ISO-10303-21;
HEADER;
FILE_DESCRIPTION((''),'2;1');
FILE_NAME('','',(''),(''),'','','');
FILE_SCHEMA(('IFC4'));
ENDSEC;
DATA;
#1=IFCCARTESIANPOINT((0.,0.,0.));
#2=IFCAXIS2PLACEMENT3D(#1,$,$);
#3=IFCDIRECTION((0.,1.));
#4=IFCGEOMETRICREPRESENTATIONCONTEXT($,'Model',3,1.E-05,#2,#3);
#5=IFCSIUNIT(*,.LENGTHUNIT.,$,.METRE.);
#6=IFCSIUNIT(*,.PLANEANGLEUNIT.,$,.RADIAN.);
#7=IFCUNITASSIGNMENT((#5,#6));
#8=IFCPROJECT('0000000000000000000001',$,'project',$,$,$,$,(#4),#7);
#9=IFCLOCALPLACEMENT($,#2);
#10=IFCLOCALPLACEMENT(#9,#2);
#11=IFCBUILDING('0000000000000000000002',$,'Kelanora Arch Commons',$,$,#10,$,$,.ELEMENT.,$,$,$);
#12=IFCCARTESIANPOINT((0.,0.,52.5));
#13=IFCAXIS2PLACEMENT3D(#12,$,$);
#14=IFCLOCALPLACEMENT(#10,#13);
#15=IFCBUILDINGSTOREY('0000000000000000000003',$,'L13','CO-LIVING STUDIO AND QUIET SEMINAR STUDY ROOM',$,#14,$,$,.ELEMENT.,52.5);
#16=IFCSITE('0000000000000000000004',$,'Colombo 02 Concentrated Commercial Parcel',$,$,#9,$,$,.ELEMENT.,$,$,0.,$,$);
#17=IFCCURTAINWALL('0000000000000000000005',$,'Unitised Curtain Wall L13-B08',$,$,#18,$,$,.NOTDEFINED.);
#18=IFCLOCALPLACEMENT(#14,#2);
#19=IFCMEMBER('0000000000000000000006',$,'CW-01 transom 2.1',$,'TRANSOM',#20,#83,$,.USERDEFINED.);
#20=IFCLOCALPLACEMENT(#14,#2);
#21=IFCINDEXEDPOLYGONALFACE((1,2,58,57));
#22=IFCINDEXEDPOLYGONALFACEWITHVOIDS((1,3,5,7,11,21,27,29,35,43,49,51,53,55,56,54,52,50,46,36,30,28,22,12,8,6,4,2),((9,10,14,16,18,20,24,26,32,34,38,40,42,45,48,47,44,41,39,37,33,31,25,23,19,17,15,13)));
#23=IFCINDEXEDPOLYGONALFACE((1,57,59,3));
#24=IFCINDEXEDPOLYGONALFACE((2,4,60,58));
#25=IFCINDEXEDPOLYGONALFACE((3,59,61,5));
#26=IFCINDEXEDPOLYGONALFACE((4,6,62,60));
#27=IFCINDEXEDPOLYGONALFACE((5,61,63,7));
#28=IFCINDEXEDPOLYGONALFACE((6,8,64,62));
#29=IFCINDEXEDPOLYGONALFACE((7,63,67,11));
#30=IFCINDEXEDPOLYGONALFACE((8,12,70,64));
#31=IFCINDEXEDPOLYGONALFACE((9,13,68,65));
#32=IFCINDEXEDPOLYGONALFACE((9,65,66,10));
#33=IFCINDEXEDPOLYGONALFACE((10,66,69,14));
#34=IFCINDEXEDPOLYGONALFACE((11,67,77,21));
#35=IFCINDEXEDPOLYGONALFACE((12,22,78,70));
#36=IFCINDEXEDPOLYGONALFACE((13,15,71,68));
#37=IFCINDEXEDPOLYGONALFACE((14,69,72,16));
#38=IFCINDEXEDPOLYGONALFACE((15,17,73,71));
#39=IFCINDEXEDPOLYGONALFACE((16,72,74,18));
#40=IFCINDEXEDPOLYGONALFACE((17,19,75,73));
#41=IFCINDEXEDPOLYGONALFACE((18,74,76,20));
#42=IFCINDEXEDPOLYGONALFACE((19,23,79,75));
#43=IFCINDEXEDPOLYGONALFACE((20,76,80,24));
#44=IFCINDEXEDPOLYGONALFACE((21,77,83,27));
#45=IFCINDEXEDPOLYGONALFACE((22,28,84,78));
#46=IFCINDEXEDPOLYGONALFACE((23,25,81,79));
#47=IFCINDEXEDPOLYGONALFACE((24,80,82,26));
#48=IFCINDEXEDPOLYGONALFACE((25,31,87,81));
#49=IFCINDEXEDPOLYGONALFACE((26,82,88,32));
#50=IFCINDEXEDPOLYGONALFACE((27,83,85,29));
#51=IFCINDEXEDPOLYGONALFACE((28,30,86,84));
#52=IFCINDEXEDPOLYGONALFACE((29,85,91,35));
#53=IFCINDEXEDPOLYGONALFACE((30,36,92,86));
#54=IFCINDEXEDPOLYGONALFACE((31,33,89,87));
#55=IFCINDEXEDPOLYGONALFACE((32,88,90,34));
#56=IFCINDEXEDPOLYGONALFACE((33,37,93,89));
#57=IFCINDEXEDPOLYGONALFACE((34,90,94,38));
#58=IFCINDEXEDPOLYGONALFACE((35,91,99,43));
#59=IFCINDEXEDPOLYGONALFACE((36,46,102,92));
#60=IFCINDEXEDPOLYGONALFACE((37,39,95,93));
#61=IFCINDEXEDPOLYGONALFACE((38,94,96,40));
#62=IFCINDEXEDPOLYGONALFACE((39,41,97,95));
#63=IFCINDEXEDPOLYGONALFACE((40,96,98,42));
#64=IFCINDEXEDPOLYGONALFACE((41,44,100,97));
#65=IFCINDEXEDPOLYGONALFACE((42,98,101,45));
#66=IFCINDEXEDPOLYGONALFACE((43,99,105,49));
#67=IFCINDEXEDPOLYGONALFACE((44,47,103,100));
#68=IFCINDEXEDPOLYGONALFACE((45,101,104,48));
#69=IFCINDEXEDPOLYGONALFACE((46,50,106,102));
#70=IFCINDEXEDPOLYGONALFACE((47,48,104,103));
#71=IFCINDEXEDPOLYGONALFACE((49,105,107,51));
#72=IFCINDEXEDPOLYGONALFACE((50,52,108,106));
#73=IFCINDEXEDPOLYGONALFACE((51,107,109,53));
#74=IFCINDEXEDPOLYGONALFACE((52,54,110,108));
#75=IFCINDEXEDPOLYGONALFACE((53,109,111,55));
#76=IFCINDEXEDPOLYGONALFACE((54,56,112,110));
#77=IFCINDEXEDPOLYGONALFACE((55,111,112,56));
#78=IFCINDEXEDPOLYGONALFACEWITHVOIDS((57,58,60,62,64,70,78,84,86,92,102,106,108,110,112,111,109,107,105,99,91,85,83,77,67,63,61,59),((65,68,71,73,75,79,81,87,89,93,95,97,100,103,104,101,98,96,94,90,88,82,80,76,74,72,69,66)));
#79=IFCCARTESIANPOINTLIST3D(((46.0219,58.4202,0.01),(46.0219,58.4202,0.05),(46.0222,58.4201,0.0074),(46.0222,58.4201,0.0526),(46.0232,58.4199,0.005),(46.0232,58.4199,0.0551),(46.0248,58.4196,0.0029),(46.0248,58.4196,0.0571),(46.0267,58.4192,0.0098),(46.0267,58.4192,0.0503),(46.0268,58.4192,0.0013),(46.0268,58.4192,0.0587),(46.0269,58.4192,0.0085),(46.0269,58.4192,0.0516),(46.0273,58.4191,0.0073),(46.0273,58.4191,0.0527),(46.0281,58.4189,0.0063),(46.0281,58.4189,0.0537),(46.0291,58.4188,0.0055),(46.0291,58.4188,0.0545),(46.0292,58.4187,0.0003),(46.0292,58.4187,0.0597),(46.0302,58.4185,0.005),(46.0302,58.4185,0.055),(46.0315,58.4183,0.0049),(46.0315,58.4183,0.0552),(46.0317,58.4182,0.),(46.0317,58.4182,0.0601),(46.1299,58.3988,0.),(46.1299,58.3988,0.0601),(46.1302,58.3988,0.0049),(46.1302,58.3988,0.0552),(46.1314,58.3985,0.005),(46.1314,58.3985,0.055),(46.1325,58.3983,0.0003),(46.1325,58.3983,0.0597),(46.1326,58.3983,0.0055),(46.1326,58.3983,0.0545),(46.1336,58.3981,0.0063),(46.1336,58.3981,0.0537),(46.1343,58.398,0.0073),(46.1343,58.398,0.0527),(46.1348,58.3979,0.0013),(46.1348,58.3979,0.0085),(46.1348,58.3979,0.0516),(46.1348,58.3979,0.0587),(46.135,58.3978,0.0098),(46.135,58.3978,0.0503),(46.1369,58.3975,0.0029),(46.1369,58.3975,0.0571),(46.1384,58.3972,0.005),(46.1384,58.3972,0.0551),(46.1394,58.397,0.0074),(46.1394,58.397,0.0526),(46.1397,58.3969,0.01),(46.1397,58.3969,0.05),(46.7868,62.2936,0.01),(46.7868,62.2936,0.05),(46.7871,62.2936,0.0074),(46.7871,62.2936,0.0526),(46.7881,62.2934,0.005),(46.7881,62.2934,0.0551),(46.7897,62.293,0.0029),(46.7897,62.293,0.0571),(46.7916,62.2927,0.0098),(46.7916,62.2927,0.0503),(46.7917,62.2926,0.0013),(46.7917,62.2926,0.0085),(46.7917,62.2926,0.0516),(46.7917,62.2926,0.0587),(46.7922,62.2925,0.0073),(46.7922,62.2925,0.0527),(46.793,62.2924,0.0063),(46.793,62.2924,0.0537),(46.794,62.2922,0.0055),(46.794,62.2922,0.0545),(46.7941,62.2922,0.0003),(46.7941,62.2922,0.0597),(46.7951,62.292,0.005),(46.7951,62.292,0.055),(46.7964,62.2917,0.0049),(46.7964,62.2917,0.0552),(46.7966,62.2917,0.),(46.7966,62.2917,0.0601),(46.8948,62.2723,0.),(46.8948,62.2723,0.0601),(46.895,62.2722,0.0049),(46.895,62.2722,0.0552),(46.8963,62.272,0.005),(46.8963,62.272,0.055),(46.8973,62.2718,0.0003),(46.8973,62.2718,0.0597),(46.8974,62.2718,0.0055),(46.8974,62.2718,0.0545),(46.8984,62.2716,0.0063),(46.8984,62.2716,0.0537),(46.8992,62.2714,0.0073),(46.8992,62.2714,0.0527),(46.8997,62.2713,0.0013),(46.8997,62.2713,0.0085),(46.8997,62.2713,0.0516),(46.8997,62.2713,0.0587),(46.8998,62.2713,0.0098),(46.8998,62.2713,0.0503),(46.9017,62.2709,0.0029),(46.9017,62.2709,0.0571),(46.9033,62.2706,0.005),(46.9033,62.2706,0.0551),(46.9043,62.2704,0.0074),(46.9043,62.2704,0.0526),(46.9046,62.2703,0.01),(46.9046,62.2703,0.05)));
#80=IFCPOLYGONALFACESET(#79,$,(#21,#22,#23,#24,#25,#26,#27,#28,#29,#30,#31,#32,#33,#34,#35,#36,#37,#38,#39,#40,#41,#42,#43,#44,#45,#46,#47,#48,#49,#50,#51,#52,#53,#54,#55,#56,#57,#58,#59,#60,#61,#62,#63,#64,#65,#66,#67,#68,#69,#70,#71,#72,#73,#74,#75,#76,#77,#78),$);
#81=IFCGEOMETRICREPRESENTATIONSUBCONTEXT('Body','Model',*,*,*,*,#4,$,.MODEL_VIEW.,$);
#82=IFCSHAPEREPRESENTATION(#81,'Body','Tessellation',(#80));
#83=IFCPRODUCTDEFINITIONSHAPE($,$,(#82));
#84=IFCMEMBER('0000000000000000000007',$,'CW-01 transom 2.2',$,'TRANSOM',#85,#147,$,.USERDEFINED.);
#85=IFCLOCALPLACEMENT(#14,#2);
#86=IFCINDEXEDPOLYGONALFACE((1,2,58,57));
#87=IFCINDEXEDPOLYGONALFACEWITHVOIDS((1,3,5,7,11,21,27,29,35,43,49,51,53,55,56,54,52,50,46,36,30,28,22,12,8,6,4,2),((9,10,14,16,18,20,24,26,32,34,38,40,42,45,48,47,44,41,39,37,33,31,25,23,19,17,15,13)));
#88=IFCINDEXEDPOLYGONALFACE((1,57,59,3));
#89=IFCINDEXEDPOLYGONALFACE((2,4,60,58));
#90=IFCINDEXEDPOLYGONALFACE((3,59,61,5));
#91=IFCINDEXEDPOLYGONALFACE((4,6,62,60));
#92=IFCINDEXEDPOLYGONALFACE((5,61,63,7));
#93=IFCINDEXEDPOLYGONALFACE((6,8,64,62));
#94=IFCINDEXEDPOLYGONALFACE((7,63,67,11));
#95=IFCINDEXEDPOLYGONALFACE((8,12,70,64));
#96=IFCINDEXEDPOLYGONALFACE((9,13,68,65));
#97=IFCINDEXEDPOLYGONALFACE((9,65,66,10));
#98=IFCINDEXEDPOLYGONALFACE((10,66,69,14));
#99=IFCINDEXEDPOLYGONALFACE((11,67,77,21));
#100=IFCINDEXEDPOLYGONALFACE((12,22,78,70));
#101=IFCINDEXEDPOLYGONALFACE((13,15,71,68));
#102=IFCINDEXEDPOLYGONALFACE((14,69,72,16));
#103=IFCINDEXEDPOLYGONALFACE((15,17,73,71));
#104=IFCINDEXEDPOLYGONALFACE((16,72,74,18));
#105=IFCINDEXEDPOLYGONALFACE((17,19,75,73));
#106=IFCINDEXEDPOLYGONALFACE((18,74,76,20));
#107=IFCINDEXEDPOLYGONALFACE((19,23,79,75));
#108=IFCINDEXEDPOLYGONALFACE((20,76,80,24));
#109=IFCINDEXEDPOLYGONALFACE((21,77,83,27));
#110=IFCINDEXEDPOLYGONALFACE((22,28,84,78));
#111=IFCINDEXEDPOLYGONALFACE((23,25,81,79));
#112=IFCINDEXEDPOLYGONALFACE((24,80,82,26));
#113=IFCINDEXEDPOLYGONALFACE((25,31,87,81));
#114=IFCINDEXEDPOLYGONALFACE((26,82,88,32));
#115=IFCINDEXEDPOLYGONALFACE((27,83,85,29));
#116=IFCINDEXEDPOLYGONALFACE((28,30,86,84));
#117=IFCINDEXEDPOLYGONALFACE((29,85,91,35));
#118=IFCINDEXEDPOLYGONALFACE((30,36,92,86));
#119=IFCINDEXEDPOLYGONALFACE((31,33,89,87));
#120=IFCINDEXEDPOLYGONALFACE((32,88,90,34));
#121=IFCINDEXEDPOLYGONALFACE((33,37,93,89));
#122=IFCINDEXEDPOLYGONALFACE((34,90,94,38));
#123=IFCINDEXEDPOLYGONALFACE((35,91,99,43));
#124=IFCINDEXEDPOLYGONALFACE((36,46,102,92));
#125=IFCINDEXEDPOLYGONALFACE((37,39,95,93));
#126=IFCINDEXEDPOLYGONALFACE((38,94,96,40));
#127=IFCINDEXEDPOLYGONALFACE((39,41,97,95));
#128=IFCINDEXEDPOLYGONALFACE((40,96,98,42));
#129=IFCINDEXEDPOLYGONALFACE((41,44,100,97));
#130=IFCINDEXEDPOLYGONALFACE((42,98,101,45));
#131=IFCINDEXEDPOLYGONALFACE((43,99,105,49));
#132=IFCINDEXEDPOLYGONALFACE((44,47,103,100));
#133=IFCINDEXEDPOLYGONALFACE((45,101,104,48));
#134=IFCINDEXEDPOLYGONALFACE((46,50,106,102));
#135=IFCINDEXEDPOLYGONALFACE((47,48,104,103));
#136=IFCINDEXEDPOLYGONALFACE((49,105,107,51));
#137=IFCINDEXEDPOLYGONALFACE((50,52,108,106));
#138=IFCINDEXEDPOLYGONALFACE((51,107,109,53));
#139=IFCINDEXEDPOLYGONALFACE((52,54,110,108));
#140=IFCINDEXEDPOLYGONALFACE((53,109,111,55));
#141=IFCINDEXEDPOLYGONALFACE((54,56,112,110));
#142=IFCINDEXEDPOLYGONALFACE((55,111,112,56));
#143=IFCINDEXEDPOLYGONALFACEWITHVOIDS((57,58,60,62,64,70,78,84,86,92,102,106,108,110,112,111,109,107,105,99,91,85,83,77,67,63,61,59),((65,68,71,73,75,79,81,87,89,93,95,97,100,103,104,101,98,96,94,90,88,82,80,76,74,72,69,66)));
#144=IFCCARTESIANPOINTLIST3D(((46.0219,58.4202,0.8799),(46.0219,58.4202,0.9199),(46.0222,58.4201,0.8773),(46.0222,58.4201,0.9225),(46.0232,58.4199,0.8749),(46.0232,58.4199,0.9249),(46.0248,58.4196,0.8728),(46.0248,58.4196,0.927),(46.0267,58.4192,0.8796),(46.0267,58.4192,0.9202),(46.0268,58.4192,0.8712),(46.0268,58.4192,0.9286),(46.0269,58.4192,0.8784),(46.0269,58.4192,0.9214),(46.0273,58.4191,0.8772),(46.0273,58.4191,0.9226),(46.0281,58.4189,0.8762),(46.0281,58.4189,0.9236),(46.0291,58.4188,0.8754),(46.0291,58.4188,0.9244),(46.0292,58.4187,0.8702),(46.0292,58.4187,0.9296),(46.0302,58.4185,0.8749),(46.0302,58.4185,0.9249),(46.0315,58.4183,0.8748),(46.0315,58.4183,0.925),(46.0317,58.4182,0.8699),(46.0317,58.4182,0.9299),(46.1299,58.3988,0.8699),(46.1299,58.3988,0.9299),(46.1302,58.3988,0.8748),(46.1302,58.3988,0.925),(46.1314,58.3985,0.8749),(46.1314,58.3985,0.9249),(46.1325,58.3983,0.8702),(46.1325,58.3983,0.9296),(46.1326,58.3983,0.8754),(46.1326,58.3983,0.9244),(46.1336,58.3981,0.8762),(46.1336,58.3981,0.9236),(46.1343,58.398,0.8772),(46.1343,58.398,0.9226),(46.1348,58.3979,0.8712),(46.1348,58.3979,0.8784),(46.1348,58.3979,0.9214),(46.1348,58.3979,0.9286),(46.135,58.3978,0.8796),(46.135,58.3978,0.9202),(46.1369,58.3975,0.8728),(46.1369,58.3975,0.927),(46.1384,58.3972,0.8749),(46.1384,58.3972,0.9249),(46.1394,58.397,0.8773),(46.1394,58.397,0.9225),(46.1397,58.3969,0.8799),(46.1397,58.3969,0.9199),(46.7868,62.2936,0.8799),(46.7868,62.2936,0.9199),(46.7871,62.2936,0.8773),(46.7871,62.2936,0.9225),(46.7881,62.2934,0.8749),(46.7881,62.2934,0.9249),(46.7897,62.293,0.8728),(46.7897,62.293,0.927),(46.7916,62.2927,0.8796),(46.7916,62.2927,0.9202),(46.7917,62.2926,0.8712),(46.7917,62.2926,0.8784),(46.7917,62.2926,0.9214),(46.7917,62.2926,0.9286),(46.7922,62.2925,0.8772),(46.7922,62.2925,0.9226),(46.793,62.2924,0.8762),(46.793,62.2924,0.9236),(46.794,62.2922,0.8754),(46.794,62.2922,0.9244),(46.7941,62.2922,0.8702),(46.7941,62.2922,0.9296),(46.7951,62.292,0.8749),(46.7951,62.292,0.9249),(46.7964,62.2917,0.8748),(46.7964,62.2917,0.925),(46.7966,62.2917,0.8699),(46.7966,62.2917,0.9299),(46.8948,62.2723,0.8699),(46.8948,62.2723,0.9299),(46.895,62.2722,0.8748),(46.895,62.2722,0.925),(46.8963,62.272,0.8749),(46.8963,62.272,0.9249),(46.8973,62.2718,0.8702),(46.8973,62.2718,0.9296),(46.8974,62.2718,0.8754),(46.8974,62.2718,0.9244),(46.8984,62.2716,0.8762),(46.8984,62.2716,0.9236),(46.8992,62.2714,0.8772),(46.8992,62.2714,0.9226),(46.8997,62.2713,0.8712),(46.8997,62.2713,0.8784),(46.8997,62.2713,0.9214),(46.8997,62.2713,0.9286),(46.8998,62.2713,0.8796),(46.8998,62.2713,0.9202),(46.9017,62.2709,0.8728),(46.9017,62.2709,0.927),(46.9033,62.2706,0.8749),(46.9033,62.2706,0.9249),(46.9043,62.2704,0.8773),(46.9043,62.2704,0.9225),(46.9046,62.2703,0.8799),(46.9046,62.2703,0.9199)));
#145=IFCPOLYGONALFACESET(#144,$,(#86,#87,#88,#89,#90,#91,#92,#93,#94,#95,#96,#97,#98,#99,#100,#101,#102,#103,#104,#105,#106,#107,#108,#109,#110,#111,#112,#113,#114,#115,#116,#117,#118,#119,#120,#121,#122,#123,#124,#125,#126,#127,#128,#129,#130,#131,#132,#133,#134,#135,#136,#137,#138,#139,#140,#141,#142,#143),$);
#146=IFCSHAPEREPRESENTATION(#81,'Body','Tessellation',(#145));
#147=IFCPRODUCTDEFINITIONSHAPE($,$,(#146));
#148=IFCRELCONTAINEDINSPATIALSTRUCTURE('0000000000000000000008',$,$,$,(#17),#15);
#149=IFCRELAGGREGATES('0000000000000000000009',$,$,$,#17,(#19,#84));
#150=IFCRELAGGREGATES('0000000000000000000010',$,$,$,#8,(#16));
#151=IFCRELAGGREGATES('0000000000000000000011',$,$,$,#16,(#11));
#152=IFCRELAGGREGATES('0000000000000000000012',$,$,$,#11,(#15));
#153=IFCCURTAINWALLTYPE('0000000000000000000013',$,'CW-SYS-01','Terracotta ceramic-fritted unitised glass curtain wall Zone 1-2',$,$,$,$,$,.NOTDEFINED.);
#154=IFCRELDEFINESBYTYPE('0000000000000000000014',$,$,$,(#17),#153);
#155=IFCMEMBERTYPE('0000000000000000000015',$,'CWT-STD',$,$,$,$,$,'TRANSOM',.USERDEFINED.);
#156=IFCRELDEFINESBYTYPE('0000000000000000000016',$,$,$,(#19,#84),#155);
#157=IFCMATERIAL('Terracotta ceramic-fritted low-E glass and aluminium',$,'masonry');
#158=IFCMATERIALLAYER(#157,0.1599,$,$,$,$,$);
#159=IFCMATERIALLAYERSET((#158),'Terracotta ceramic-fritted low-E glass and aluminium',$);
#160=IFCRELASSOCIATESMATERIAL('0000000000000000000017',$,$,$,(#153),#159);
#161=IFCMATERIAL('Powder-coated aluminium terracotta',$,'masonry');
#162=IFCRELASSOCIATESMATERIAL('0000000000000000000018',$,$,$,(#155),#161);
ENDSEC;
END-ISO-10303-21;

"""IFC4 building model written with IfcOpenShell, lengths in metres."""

from ifc_helpers import new_model, si_unit, direction, frame, origin, origin_2d, place, context, subcontext, project, spatial, hollow_rectangle, extrude, material, layer, layer_set, material_profile, profile_set, type_object, element, aggregate, save


model = new_model("IFC4")

# Units and contexts
model_context = context("Model", 3, precision=1e-05, world=origin(), true_north=direction((0.0, 1.0)))
body_context = subcontext(model_context, "Body", "Model", "MODEL_VIEW")
ifc_project = project(units=[si_unit("LENGTHUNIT", "METRE"), si_unit("PLANEANGLEUNIT", "RADIAN")], contexts=[model_context])

# Site, building, storey
site_placement = place(None, origin())
site = spatial("IfcSite", under=ifc_project, at=site_placement, Name="Colombo 02 Concentrated Commercial Parcel", CompositionType="ELEMENT", RefElevation=0.0)
building_placement = place(site_placement, origin())
building = spatial("IfcBuilding", under=site, at=building_placement, Name="Kelanora Arch Commons", CompositionType="ELEMENT")
storey_placement = place(building_placement, frame((0.0, 0.0, 52.5)))
storey = spatial("IfcBuildingStorey", under=building, at=storey_placement, Name="L13", Description="CO-LIVING STUDIO AND QUIET SEMINAR STUDY ROOM", CompositionType="ELEMENT", Elevation=52.5)

# Curtain wall, members
ifc_material_1 = material(Name="Terracotta ceramic-fritted low-E glass and aluminium", Category="masonry")
ifc_layer_1 = layer(ifc_material_1, 0.1599)
ifc_layer_set_1 = layer_set([ifc_layer_1], Name="Terracotta ceramic-fritted low-E glass and aluminium")
curtain_wall_type = type_object("IfcCurtainWallType", Name="CW-SYS-01", Description="Terracotta ceramic-fritted unitised glass curtain wall Zone 1-2", PredefinedType="NOTDEFINED", material=ifc_layer_set_1)
curtain_wall_placement = place(storey_placement, origin())
curtain_wall = element("IfcCurtainWall", 1, at=curtain_wall_placement, inside=storey, type_object=curtain_wall_type, Name="Unitised Curtain Wall L13-B08", PredefinedType="NOTDEFINED")
ifc_material_2 = material(Name="Powder-coated aluminium terracotta", Category="masonry")
ifc_material_profile_1 = material_profile(ifc_material_2, hollow_rectangle(XDim=0.1201, YDim=0.0601, WallThickness=0.0049, InnerFilletRadius=0.0049, OuterFilletRadius=0.01, at=origin_2d()), Name="CWT120x60")
ifc_profile_set_1 = profile_set([ifc_material_profile_1], Name="Powder-coated aluminium terracotta")
member_type_1 = type_object("IfcMemberType", Name="CWT-STD", ElementType="TRANSOM", PredefinedType="USERDEFINED", material=ifc_profile_set_1)
member_1_placement = place(storey_placement, frame((46.8457, 62.282, 0.03), z_axis=(-0.193725, -0.981056, 0.0), x_axis=(0.981056, -0.193725, 0.0)))
member_1 = element("IfcMember", 2, at=member_1_placement, type_object=member_type_1, Name="CW-01 transom 2.1", ObjectType="TRANSOM", PredefinedType="USERDEFINED", context=body_context, shape_type="SweptSolid", body=[
    extrude(hollow_rectangle(XDim=0.1201, YDim=0.0601, WallThickness=0.0049, InnerFilletRadius=0.0049, OuterFilletRadius=0.01, at=origin_2d()), origin(), (0.0, 0.0, 1.0), 3.9482),
])
member_2_placement = place(storey_placement, frame((46.8457, 62.282, 0.8999), z_axis=(-0.193725, -0.981056, 0.0), x_axis=(0.981056, -0.193725, 0.0)))
member_2 = element("IfcMember", 3, at=member_2_placement, type_object=member_type_1, Name="CW-01 transom 2.2", ObjectType="TRANSOM", PredefinedType="USERDEFINED", context=body_context, shape_type="SweptSolid", body=[
    extrude(hollow_rectangle(XDim=0.1201, YDim=0.0601, WallThickness=0.0049, InnerFilletRadius=0.0049, OuterFilletRadius=0.01, at=origin_2d()), origin(), (0.0, 0.0, 1.0), 3.9482),
])
aggregate(curtain_wall, [member_1, member_2])

save(model, "model.ifc")
